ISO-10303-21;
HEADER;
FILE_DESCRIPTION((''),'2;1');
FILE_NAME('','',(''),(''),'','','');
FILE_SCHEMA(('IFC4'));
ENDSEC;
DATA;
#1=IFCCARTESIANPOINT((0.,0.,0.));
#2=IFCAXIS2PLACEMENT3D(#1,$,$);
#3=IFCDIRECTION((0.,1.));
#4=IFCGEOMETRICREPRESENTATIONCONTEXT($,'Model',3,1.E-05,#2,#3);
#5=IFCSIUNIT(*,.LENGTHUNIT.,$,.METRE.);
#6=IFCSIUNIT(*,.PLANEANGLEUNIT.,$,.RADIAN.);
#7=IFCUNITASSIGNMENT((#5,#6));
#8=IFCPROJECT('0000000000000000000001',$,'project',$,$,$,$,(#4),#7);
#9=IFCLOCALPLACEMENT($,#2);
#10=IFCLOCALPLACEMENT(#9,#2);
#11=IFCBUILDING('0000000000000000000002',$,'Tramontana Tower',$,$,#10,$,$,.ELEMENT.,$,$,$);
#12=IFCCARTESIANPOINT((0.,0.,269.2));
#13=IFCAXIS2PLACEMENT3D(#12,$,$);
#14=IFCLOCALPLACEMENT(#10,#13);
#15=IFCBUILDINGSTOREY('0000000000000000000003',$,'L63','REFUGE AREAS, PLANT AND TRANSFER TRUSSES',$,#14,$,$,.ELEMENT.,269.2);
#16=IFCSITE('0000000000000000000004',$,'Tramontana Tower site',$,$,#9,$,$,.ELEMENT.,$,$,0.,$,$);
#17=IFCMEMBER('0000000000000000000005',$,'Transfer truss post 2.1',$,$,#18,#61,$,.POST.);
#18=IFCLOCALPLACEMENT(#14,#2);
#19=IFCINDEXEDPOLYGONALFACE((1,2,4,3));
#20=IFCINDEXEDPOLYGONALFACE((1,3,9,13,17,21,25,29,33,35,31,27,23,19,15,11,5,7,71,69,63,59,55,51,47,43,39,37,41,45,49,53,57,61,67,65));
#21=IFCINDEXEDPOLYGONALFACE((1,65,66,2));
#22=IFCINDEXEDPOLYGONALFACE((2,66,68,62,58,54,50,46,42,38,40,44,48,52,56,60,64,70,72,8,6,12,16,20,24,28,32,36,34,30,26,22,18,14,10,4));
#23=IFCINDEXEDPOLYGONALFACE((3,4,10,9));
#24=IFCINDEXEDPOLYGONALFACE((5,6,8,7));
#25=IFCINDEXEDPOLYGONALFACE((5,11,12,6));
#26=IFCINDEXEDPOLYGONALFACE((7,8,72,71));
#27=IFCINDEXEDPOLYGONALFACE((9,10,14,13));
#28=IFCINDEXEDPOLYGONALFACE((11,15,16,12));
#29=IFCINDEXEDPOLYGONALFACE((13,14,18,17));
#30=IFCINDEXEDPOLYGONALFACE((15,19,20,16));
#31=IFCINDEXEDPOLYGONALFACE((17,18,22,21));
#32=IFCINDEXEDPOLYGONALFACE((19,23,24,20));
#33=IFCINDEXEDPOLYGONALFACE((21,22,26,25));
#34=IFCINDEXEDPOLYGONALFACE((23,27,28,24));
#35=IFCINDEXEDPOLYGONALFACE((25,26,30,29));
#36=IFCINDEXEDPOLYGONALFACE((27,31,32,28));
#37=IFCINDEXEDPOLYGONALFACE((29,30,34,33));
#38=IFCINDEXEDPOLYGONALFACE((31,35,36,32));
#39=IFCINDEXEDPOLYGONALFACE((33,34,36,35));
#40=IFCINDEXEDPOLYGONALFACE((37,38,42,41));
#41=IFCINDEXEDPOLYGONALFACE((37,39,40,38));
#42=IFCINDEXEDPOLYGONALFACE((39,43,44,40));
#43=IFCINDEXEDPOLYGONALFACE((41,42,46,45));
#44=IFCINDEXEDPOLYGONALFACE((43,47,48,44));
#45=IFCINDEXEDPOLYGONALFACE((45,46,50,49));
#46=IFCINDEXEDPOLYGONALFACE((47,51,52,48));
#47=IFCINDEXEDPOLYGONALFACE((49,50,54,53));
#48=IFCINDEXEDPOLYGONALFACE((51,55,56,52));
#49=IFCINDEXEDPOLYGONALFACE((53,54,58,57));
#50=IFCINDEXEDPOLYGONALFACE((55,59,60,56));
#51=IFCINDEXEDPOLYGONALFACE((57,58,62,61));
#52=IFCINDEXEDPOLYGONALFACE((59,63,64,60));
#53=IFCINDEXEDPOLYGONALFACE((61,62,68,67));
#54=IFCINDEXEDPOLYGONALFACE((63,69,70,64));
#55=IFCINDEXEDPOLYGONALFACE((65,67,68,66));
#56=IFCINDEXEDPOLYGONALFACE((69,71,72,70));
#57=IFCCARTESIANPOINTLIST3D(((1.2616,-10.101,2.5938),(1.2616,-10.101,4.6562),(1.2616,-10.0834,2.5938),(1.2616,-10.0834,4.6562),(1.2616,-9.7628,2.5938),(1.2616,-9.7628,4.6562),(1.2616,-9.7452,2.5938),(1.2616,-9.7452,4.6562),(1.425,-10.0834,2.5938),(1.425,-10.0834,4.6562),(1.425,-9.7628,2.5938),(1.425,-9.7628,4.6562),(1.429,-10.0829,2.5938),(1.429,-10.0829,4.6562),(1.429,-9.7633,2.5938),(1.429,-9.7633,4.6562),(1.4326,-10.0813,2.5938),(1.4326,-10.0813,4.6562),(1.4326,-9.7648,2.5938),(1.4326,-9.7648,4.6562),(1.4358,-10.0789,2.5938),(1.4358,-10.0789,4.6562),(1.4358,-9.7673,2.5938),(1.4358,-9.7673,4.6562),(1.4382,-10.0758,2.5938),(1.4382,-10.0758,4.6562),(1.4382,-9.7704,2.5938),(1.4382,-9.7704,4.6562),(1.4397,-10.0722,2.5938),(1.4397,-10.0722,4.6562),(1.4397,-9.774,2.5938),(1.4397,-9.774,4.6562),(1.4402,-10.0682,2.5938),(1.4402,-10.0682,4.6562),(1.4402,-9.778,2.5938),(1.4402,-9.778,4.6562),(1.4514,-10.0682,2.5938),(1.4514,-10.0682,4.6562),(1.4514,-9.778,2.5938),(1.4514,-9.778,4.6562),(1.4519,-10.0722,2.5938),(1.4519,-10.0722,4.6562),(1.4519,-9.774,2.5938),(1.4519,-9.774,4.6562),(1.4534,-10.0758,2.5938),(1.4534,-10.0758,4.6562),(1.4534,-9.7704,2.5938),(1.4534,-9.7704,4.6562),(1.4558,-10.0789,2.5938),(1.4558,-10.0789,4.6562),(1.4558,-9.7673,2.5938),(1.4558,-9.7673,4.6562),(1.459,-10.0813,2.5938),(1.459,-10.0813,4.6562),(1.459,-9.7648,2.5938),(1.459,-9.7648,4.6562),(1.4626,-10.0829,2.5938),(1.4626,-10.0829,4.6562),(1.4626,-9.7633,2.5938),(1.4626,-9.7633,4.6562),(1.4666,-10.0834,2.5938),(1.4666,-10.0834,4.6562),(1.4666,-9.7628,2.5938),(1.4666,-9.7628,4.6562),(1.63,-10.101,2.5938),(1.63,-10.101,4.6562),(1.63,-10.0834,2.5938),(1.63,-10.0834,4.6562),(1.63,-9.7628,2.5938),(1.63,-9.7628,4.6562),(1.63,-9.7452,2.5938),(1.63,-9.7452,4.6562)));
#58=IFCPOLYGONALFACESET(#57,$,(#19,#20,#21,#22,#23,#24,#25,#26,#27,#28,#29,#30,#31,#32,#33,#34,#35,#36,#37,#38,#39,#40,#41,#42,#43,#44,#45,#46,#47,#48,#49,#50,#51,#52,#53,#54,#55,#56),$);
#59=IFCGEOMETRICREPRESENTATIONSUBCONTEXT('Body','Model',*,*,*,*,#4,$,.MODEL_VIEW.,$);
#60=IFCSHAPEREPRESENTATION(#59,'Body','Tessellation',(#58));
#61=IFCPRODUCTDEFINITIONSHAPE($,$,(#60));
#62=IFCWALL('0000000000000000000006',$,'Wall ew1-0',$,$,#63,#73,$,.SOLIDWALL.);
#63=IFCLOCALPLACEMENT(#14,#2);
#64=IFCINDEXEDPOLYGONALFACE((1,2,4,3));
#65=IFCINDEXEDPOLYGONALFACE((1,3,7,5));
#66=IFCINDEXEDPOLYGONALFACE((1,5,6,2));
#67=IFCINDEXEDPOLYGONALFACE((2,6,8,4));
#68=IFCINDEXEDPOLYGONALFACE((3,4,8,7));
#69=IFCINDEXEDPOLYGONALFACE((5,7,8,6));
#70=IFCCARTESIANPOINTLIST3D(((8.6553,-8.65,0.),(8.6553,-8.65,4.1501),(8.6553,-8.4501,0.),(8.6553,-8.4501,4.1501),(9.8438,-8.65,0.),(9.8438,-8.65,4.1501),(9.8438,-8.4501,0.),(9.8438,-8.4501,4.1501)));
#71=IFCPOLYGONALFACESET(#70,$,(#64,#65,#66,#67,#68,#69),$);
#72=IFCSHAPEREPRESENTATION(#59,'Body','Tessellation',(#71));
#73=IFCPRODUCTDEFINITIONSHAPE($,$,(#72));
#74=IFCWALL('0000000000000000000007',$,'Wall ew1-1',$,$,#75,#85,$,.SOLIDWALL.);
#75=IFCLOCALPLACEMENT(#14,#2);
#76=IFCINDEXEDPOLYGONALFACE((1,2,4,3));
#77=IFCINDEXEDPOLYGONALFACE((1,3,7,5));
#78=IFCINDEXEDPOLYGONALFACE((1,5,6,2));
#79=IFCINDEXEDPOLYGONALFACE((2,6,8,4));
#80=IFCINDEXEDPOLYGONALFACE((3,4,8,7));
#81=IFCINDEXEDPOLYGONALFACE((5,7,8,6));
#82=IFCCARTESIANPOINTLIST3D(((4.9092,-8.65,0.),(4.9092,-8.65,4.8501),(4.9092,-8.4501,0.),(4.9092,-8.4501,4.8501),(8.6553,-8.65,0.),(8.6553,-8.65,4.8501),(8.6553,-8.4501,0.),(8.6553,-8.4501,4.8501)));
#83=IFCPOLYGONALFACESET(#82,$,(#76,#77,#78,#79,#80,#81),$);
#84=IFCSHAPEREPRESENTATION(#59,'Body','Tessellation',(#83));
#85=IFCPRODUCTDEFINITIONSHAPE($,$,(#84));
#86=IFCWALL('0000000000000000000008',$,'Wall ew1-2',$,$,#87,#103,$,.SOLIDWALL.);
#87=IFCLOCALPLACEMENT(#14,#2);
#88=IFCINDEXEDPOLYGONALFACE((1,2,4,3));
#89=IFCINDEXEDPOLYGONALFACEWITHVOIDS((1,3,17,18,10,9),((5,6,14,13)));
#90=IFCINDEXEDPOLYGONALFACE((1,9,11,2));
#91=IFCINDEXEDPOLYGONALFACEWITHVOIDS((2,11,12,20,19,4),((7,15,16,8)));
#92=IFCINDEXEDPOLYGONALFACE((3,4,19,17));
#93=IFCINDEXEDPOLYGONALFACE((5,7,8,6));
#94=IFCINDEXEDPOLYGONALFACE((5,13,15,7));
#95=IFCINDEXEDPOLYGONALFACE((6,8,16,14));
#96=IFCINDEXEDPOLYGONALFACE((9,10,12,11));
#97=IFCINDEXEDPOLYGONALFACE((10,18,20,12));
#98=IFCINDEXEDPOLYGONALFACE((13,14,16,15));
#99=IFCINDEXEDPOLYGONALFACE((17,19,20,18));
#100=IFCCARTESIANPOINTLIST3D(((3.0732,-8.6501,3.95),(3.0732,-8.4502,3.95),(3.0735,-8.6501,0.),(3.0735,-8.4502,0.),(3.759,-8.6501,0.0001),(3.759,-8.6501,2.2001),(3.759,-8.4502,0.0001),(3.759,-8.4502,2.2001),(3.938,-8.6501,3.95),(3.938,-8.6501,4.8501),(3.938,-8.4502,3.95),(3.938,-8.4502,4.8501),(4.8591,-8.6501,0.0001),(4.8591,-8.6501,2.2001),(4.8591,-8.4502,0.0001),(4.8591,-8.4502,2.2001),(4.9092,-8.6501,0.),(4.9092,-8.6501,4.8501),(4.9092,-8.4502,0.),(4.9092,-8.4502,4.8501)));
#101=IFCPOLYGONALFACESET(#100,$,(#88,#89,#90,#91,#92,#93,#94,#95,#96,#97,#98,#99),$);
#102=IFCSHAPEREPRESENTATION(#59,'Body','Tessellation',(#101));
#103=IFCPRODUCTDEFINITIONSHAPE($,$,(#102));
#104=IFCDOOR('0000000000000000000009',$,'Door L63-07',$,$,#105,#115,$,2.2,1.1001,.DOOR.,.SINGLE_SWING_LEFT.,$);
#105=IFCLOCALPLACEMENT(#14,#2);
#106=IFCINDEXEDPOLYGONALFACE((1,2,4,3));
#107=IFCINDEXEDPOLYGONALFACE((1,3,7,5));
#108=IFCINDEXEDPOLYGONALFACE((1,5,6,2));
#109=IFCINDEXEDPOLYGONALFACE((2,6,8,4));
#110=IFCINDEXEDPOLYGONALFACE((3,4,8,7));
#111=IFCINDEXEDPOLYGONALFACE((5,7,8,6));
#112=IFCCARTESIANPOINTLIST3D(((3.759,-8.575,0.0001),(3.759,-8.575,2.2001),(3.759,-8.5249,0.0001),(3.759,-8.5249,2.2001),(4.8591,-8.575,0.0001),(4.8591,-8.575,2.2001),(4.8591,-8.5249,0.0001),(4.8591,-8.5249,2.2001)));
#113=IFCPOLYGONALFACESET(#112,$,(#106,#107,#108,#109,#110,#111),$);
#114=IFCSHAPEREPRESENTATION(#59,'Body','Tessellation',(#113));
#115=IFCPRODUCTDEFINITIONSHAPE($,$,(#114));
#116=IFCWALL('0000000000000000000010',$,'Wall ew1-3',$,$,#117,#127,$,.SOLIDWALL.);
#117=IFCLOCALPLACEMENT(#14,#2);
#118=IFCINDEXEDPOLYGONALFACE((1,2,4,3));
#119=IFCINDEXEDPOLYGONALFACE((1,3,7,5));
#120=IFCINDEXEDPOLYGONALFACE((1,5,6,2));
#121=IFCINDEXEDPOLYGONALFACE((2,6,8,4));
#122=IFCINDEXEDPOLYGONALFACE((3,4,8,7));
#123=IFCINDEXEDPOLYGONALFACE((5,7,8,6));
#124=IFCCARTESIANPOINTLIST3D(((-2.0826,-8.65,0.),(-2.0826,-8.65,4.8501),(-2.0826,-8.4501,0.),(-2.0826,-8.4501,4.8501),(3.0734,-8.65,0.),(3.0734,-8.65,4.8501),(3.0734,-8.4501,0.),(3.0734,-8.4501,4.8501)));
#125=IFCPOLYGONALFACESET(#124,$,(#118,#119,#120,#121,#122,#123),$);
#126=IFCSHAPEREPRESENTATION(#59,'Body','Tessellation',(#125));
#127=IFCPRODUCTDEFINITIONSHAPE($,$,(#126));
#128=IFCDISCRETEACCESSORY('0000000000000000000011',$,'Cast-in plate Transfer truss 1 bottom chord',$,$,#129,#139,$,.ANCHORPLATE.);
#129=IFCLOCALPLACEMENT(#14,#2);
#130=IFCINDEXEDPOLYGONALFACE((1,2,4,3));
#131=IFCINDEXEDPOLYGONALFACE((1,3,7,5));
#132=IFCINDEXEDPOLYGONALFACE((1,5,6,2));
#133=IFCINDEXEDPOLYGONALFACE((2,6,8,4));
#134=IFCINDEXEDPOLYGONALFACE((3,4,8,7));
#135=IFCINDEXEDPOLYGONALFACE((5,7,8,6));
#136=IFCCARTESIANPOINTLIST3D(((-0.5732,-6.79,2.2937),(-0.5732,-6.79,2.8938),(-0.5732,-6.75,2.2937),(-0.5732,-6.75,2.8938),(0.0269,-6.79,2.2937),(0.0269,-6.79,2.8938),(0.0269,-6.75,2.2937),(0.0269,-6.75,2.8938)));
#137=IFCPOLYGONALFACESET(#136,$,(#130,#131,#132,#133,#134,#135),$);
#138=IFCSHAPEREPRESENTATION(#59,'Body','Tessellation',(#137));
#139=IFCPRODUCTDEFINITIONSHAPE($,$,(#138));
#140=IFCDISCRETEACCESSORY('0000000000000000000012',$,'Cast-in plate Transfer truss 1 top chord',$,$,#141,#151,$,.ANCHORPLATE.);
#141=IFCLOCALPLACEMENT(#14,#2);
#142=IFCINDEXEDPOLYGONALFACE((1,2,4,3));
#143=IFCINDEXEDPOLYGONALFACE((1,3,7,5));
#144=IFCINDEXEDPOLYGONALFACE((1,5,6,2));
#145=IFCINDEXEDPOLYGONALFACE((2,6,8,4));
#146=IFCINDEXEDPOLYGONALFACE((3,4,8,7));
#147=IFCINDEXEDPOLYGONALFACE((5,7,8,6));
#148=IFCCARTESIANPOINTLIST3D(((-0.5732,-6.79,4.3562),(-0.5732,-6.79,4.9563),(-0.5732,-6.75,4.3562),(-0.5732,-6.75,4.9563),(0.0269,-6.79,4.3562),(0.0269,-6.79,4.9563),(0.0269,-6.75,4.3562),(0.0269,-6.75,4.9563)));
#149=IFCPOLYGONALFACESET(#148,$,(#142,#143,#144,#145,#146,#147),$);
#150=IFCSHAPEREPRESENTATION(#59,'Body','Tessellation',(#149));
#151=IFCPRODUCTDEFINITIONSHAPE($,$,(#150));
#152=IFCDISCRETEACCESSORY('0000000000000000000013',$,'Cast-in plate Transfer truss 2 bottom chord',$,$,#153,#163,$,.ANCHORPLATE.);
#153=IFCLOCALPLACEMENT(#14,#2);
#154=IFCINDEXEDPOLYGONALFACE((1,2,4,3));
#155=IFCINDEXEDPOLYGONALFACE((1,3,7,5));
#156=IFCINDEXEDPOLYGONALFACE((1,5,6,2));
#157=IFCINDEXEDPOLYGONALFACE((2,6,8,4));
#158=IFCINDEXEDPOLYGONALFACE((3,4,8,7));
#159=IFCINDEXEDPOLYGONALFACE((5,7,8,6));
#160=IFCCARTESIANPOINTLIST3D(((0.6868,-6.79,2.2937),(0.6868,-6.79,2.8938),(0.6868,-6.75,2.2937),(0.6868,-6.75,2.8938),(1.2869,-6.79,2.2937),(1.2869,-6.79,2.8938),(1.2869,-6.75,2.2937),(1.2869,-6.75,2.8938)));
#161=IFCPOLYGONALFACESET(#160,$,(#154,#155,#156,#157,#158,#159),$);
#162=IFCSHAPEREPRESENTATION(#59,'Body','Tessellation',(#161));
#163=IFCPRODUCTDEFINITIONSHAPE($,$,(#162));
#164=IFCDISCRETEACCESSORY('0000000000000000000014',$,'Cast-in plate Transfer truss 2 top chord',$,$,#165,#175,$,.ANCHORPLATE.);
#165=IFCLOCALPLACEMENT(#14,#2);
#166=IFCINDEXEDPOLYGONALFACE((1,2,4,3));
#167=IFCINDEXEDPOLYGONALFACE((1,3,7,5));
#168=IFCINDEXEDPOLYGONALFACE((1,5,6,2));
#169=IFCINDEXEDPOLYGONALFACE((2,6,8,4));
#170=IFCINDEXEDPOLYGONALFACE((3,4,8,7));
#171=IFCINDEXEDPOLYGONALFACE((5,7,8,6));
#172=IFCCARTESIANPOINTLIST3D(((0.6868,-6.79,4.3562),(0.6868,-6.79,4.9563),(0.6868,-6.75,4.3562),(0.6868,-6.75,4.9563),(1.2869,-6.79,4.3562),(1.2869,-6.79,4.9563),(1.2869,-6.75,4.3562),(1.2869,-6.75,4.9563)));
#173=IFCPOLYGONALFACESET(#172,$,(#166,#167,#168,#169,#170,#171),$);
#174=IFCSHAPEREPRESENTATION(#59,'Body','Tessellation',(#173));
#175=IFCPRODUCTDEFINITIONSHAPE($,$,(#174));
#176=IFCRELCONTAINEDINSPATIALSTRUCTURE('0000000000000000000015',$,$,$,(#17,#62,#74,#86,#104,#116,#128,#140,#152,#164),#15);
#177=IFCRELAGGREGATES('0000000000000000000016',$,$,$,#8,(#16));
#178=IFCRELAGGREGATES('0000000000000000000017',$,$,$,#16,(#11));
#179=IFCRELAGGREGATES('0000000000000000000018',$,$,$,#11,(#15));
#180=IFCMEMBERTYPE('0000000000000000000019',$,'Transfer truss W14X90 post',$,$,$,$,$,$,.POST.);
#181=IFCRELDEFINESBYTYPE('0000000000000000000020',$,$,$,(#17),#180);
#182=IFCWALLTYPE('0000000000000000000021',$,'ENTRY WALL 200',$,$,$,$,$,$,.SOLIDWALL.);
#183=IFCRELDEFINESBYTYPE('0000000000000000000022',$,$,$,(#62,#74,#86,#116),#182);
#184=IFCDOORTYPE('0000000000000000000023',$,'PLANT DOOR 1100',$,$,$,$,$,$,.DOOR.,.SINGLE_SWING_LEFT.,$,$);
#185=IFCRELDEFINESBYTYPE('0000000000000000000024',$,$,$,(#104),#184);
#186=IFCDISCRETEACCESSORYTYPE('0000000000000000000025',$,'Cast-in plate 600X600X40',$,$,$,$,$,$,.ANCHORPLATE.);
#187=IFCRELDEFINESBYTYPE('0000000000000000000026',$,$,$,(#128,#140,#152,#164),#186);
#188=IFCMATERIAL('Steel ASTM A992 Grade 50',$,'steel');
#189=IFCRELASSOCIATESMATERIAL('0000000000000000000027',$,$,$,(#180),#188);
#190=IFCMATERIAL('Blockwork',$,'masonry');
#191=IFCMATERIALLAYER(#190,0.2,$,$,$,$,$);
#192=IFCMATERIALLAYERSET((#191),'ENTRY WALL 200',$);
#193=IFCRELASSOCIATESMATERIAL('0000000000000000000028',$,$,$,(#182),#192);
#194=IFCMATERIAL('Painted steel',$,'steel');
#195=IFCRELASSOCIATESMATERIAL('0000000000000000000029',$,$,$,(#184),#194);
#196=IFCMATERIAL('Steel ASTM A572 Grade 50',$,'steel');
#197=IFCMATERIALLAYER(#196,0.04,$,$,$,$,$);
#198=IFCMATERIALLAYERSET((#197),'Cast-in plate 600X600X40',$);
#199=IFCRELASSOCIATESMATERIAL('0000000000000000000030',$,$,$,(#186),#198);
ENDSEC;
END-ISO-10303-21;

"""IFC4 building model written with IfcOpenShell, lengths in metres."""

from ifc_helpers import new_model, si_unit, direction, frame, frame_2d, origin, origin_2d, place, context, subcontext, project, spatial, polyline, rectangle, i_section, outline, extrude, material, layer, layer_set, material_profile, profile_set, type_object, element, fill, save


model = new_model("IFC4")

# Units and contexts
model_context = context("Model", 3, precision=1e-05, world=origin(), true_north=direction((0.0, 1.0)))
body_context = subcontext(model_context, "Body", "Model", "MODEL_VIEW")
ifc_project = project(units=[si_unit("LENGTHUNIT", "METRE"), si_unit("PLANEANGLEUNIT", "RADIAN")], contexts=[model_context])

# Site, building, storey
site_placement = place(None, origin())
site = spatial("IfcSite", under=ifc_project, at=site_placement, Name="Tramontana Tower site", CompositionType="ELEMENT", RefElevation=0.0)
building_placement = place(site_placement, origin())
building = spatial("IfcBuilding", under=site, at=building_placement, Name="Tramontana Tower", CompositionType="ELEMENT")
storey_placement = place(building_placement, frame((0.0, 0.0, 269.2)))
storey = spatial("IfcBuildingStorey", under=building, at=storey_placement, Name="L63", Description="REFUGE AREAS, PLANT AND TRANSFER TRUSSES", CompositionType="ELEMENT", Elevation=269.2)

# Member
ifc_material_1 = material(Name="Steel ASTM A992 Grade 50", Category="steel")
ifc_material_profile_1 = material_profile(ifc_material_1, i_section(OverallWidth=0.3684, OverallDepth=0.3557, WebThickness=0.0112, FlangeThickness=0.0176, FilletRadius=0.0151, at=origin_2d()), Name="W14X90")
ifc_profile_set_1 = profile_set([ifc_material_profile_1], Name="Steel ASTM A992 Grade 50")
member_type_1 = type_object("IfcMemberType", Name="Transfer truss W14X90 post", PredefinedType="POST", material=ifc_profile_set_1)
member_1_placement = place(storey_placement, frame((1.4458, -9.9231, 2.5938), z_axis=(0.0, 0.0, 1.0), x_axis=(1.0, 0.0, 0.0)))
element("IfcMember", 1, at=member_1_placement, inside=storey, type_object=member_type_1, Name="Transfer truss post 2.1", PredefinedType="POST", context=body_context, shape_type="SweptSolid", body=[
    extrude(i_section(OverallWidth=0.3684, OverallDepth=0.3557, WebThickness=0.0112, FlangeThickness=0.0176, FilletRadius=0.0151, at=origin_2d()), origin(), (0.0, 0.0, 1.0), 2.0625),
])

# Walls
ifc_material_2 = material(Name="Blockwork", Category="masonry")
ifc_layer_1 = layer(ifc_material_2, 0.2)
ifc_layer_set_1 = layer_set([ifc_layer_1], Name="ENTRY WALL 200")
wall_type = type_object("IfcWallType", Name="ENTRY WALL 200", PredefinedType="SOLIDWALL", material=ifc_layer_set_1)
wall_1_placement = place(storey_placement, frame((9.8438, -8.55, 0.0), z_axis=(0.0, 0.0, 1.0), x_axis=(-1.0, 0.0, 0.0)))
element("IfcWall", 2, at=wall_1_placement, inside=storey, type_object=wall_type, Name="Wall ew1-0", PredefinedType="SOLIDWALL", context=body_context, shape_type="SweptSolid", body=[
    extrude(rectangle(XDim=1.1885, YDim=0.2, at=frame_2d((0.5942, 0.0))), origin(), (0.0, 0.0, 1.0), 4.1501),
])
wall_2_placement = place(storey_placement, frame((8.6553, -8.55, 0.0), z_axis=(0.0, 0.0, 1.0), x_axis=(-1.0, 0.0, 0.0)))
element("IfcWall", 3, at=wall_2_placement, inside=storey, type_object=wall_type, Name="Wall ew1-1", PredefinedType="SOLIDWALL", context=body_context, shape_type="SweptSolid", body=[
    extrude(rectangle(XDim=3.7461, YDim=0.2, at=frame_2d((1.873, 0.0))), origin(), (0.0, 0.0, 1.0), 4.8501),
])

# Wall, opening, door
wall_3_placement = place(storey_placement, frame((4.9092, -8.55, 0.0), z_axis=(0.0, 0.0, 1.0), x_axis=(-1.0, 0.0, 0.0)))
wall_3 = element("IfcWall", 4, at=wall_3_placement, inside=storey, type_object=wall_type, Name="Wall ew1-2", PredefinedType="SOLIDWALL", context=body_context, shape_type="SweptSolid", body=[
    extrude(outline(polyline([(0.0, 0.0), (1.8357, 0.0), (1.8359, 3.95), (0.9712, 3.95), (0.9712, 4.8501), (0.0, 4.8501), (0.0, 0.0)])), frame((0.0, 0.1001, 0.0), z_axis=(0.0, -1.0, 0.0), x_axis=(1.0, 0.0, 0.0)), (0.0, 0.0, 1.0), 0.2),
])
opening_placement = place(wall_3_placement, frame((0.05, 0.0, 0.0)))
opening = element("IfcOpeningElement", 5, at=opening_placement, cuts=wall_3, PredefinedType="OPENING", context=body_context, shape_type="SweptSolid", body=[
    extrude(rectangle(XDim=1.1001, YDim=2.2, at=frame_2d((0.55, 1.1001))), frame((0.0, 0.1099, 0.0), z_axis=(0.0, -1.0, 0.0), x_axis=(1.0, 0.0, 0.0)), (0.0, 0.0, 1.0), 0.22),
])
ifc_material_3 = material(Name="Painted steel", Category="steel")
door_type = type_object("IfcDoorType", Name="PLANT DOOR 1100", OperationType="SINGLE_SWING_LEFT", PredefinedType="DOOR", material=ifc_material_3)
door_placement = place(opening_placement, origin())
door = element("IfcDoor", 6, at=door_placement, inside=storey, type_object=door_type, Name="Door L63-07", OperationType="SINGLE_SWING_LEFT", OverallHeight=2.2, OverallWidth=1.1001, PredefinedType="DOOR", context=body_context, shape_type="SweptSolid", body=[
    extrude(rectangle(XDim=1.1001, YDim=2.2, at=frame_2d((0.55, 1.1001))), frame((0.0, 0.0249, 0.0), z_axis=(0.0, -1.0, 0.0), x_axis=(1.0, 0.0, 0.0)), (0.0, 0.0, 1.0), 0.05),
])
fill(opening, door)

# Wall
wall_4_placement = place(storey_placement, frame((3.0735, -8.55, 0.0), z_axis=(0.0, 0.0, 1.0), x_axis=(-1.0, 0.0, 0.0)))
element("IfcWall", 7, at=wall_4_placement, inside=storey, type_object=wall_type, Name="Wall ew1-3", PredefinedType="SOLIDWALL", context=body_context, shape_type="SweptSolid", body=[
    extrude(rectangle(XDim=5.156, YDim=0.2, at=frame_2d((2.5781, 0.0))), origin(), (0.0, 0.0, 1.0), 4.8501),
])

# Discrete accessories
ifc_material_4 = material(Name="Steel ASTM A572 Grade 50", Category="steel")
ifc_layer_2 = layer(ifc_material_4, 0.04)
ifc_layer_set_2 = layer_set([ifc_layer_2], Name="Cast-in plate 600X600X40")
discrete_accessory_type = type_object("IfcDiscreteAccessoryType", Name="Cast-in plate 600X600X40", PredefinedType="ANCHORPLATE", material=ifc_layer_set_2)
for number, where, z_axis, x_axis, name in (
    (8, (-0.2732, -6.77, 2.2937), (0.0, 0.0, 1.0), (1.0, 0.0, 0.0), "Cast-in plate Transfer truss 1 bottom chord"),
    (9, (-0.2732, -6.77, 4.3562), (0.0, 0.0, 1.0), (1.0, 0.0, 0.0), "Cast-in plate Transfer truss 1 top chord"),
    (10, (0.9868, -6.77, 2.2937), (0.0, 0.0, 1.0), (1.0, 0.0, 0.0), "Cast-in plate Transfer truss 2 bottom chord"),
    (11, (0.9868, -6.77, 4.3562), (0.0, 0.0, 1.0), (1.0, 0.0, 0.0), "Cast-in plate Transfer truss 2 top chord"),
):
    element("IfcDiscreteAccessory", number, at=place(storey_placement, frame(where, z_axis=z_axis, x_axis=x_axis)), inside=storey, type_object=discrete_accessory_type, Name=name, PredefinedType="ANCHORPLATE", context=body_context, shape_type="SweptSolid", body=[
        extrude(rectangle(XDim=0.6001, YDim=0.04, at=origin_2d()), origin(), (0.0, 0.0, 1.0), 0.6001),
    ])

save(model, "model.ifc")
